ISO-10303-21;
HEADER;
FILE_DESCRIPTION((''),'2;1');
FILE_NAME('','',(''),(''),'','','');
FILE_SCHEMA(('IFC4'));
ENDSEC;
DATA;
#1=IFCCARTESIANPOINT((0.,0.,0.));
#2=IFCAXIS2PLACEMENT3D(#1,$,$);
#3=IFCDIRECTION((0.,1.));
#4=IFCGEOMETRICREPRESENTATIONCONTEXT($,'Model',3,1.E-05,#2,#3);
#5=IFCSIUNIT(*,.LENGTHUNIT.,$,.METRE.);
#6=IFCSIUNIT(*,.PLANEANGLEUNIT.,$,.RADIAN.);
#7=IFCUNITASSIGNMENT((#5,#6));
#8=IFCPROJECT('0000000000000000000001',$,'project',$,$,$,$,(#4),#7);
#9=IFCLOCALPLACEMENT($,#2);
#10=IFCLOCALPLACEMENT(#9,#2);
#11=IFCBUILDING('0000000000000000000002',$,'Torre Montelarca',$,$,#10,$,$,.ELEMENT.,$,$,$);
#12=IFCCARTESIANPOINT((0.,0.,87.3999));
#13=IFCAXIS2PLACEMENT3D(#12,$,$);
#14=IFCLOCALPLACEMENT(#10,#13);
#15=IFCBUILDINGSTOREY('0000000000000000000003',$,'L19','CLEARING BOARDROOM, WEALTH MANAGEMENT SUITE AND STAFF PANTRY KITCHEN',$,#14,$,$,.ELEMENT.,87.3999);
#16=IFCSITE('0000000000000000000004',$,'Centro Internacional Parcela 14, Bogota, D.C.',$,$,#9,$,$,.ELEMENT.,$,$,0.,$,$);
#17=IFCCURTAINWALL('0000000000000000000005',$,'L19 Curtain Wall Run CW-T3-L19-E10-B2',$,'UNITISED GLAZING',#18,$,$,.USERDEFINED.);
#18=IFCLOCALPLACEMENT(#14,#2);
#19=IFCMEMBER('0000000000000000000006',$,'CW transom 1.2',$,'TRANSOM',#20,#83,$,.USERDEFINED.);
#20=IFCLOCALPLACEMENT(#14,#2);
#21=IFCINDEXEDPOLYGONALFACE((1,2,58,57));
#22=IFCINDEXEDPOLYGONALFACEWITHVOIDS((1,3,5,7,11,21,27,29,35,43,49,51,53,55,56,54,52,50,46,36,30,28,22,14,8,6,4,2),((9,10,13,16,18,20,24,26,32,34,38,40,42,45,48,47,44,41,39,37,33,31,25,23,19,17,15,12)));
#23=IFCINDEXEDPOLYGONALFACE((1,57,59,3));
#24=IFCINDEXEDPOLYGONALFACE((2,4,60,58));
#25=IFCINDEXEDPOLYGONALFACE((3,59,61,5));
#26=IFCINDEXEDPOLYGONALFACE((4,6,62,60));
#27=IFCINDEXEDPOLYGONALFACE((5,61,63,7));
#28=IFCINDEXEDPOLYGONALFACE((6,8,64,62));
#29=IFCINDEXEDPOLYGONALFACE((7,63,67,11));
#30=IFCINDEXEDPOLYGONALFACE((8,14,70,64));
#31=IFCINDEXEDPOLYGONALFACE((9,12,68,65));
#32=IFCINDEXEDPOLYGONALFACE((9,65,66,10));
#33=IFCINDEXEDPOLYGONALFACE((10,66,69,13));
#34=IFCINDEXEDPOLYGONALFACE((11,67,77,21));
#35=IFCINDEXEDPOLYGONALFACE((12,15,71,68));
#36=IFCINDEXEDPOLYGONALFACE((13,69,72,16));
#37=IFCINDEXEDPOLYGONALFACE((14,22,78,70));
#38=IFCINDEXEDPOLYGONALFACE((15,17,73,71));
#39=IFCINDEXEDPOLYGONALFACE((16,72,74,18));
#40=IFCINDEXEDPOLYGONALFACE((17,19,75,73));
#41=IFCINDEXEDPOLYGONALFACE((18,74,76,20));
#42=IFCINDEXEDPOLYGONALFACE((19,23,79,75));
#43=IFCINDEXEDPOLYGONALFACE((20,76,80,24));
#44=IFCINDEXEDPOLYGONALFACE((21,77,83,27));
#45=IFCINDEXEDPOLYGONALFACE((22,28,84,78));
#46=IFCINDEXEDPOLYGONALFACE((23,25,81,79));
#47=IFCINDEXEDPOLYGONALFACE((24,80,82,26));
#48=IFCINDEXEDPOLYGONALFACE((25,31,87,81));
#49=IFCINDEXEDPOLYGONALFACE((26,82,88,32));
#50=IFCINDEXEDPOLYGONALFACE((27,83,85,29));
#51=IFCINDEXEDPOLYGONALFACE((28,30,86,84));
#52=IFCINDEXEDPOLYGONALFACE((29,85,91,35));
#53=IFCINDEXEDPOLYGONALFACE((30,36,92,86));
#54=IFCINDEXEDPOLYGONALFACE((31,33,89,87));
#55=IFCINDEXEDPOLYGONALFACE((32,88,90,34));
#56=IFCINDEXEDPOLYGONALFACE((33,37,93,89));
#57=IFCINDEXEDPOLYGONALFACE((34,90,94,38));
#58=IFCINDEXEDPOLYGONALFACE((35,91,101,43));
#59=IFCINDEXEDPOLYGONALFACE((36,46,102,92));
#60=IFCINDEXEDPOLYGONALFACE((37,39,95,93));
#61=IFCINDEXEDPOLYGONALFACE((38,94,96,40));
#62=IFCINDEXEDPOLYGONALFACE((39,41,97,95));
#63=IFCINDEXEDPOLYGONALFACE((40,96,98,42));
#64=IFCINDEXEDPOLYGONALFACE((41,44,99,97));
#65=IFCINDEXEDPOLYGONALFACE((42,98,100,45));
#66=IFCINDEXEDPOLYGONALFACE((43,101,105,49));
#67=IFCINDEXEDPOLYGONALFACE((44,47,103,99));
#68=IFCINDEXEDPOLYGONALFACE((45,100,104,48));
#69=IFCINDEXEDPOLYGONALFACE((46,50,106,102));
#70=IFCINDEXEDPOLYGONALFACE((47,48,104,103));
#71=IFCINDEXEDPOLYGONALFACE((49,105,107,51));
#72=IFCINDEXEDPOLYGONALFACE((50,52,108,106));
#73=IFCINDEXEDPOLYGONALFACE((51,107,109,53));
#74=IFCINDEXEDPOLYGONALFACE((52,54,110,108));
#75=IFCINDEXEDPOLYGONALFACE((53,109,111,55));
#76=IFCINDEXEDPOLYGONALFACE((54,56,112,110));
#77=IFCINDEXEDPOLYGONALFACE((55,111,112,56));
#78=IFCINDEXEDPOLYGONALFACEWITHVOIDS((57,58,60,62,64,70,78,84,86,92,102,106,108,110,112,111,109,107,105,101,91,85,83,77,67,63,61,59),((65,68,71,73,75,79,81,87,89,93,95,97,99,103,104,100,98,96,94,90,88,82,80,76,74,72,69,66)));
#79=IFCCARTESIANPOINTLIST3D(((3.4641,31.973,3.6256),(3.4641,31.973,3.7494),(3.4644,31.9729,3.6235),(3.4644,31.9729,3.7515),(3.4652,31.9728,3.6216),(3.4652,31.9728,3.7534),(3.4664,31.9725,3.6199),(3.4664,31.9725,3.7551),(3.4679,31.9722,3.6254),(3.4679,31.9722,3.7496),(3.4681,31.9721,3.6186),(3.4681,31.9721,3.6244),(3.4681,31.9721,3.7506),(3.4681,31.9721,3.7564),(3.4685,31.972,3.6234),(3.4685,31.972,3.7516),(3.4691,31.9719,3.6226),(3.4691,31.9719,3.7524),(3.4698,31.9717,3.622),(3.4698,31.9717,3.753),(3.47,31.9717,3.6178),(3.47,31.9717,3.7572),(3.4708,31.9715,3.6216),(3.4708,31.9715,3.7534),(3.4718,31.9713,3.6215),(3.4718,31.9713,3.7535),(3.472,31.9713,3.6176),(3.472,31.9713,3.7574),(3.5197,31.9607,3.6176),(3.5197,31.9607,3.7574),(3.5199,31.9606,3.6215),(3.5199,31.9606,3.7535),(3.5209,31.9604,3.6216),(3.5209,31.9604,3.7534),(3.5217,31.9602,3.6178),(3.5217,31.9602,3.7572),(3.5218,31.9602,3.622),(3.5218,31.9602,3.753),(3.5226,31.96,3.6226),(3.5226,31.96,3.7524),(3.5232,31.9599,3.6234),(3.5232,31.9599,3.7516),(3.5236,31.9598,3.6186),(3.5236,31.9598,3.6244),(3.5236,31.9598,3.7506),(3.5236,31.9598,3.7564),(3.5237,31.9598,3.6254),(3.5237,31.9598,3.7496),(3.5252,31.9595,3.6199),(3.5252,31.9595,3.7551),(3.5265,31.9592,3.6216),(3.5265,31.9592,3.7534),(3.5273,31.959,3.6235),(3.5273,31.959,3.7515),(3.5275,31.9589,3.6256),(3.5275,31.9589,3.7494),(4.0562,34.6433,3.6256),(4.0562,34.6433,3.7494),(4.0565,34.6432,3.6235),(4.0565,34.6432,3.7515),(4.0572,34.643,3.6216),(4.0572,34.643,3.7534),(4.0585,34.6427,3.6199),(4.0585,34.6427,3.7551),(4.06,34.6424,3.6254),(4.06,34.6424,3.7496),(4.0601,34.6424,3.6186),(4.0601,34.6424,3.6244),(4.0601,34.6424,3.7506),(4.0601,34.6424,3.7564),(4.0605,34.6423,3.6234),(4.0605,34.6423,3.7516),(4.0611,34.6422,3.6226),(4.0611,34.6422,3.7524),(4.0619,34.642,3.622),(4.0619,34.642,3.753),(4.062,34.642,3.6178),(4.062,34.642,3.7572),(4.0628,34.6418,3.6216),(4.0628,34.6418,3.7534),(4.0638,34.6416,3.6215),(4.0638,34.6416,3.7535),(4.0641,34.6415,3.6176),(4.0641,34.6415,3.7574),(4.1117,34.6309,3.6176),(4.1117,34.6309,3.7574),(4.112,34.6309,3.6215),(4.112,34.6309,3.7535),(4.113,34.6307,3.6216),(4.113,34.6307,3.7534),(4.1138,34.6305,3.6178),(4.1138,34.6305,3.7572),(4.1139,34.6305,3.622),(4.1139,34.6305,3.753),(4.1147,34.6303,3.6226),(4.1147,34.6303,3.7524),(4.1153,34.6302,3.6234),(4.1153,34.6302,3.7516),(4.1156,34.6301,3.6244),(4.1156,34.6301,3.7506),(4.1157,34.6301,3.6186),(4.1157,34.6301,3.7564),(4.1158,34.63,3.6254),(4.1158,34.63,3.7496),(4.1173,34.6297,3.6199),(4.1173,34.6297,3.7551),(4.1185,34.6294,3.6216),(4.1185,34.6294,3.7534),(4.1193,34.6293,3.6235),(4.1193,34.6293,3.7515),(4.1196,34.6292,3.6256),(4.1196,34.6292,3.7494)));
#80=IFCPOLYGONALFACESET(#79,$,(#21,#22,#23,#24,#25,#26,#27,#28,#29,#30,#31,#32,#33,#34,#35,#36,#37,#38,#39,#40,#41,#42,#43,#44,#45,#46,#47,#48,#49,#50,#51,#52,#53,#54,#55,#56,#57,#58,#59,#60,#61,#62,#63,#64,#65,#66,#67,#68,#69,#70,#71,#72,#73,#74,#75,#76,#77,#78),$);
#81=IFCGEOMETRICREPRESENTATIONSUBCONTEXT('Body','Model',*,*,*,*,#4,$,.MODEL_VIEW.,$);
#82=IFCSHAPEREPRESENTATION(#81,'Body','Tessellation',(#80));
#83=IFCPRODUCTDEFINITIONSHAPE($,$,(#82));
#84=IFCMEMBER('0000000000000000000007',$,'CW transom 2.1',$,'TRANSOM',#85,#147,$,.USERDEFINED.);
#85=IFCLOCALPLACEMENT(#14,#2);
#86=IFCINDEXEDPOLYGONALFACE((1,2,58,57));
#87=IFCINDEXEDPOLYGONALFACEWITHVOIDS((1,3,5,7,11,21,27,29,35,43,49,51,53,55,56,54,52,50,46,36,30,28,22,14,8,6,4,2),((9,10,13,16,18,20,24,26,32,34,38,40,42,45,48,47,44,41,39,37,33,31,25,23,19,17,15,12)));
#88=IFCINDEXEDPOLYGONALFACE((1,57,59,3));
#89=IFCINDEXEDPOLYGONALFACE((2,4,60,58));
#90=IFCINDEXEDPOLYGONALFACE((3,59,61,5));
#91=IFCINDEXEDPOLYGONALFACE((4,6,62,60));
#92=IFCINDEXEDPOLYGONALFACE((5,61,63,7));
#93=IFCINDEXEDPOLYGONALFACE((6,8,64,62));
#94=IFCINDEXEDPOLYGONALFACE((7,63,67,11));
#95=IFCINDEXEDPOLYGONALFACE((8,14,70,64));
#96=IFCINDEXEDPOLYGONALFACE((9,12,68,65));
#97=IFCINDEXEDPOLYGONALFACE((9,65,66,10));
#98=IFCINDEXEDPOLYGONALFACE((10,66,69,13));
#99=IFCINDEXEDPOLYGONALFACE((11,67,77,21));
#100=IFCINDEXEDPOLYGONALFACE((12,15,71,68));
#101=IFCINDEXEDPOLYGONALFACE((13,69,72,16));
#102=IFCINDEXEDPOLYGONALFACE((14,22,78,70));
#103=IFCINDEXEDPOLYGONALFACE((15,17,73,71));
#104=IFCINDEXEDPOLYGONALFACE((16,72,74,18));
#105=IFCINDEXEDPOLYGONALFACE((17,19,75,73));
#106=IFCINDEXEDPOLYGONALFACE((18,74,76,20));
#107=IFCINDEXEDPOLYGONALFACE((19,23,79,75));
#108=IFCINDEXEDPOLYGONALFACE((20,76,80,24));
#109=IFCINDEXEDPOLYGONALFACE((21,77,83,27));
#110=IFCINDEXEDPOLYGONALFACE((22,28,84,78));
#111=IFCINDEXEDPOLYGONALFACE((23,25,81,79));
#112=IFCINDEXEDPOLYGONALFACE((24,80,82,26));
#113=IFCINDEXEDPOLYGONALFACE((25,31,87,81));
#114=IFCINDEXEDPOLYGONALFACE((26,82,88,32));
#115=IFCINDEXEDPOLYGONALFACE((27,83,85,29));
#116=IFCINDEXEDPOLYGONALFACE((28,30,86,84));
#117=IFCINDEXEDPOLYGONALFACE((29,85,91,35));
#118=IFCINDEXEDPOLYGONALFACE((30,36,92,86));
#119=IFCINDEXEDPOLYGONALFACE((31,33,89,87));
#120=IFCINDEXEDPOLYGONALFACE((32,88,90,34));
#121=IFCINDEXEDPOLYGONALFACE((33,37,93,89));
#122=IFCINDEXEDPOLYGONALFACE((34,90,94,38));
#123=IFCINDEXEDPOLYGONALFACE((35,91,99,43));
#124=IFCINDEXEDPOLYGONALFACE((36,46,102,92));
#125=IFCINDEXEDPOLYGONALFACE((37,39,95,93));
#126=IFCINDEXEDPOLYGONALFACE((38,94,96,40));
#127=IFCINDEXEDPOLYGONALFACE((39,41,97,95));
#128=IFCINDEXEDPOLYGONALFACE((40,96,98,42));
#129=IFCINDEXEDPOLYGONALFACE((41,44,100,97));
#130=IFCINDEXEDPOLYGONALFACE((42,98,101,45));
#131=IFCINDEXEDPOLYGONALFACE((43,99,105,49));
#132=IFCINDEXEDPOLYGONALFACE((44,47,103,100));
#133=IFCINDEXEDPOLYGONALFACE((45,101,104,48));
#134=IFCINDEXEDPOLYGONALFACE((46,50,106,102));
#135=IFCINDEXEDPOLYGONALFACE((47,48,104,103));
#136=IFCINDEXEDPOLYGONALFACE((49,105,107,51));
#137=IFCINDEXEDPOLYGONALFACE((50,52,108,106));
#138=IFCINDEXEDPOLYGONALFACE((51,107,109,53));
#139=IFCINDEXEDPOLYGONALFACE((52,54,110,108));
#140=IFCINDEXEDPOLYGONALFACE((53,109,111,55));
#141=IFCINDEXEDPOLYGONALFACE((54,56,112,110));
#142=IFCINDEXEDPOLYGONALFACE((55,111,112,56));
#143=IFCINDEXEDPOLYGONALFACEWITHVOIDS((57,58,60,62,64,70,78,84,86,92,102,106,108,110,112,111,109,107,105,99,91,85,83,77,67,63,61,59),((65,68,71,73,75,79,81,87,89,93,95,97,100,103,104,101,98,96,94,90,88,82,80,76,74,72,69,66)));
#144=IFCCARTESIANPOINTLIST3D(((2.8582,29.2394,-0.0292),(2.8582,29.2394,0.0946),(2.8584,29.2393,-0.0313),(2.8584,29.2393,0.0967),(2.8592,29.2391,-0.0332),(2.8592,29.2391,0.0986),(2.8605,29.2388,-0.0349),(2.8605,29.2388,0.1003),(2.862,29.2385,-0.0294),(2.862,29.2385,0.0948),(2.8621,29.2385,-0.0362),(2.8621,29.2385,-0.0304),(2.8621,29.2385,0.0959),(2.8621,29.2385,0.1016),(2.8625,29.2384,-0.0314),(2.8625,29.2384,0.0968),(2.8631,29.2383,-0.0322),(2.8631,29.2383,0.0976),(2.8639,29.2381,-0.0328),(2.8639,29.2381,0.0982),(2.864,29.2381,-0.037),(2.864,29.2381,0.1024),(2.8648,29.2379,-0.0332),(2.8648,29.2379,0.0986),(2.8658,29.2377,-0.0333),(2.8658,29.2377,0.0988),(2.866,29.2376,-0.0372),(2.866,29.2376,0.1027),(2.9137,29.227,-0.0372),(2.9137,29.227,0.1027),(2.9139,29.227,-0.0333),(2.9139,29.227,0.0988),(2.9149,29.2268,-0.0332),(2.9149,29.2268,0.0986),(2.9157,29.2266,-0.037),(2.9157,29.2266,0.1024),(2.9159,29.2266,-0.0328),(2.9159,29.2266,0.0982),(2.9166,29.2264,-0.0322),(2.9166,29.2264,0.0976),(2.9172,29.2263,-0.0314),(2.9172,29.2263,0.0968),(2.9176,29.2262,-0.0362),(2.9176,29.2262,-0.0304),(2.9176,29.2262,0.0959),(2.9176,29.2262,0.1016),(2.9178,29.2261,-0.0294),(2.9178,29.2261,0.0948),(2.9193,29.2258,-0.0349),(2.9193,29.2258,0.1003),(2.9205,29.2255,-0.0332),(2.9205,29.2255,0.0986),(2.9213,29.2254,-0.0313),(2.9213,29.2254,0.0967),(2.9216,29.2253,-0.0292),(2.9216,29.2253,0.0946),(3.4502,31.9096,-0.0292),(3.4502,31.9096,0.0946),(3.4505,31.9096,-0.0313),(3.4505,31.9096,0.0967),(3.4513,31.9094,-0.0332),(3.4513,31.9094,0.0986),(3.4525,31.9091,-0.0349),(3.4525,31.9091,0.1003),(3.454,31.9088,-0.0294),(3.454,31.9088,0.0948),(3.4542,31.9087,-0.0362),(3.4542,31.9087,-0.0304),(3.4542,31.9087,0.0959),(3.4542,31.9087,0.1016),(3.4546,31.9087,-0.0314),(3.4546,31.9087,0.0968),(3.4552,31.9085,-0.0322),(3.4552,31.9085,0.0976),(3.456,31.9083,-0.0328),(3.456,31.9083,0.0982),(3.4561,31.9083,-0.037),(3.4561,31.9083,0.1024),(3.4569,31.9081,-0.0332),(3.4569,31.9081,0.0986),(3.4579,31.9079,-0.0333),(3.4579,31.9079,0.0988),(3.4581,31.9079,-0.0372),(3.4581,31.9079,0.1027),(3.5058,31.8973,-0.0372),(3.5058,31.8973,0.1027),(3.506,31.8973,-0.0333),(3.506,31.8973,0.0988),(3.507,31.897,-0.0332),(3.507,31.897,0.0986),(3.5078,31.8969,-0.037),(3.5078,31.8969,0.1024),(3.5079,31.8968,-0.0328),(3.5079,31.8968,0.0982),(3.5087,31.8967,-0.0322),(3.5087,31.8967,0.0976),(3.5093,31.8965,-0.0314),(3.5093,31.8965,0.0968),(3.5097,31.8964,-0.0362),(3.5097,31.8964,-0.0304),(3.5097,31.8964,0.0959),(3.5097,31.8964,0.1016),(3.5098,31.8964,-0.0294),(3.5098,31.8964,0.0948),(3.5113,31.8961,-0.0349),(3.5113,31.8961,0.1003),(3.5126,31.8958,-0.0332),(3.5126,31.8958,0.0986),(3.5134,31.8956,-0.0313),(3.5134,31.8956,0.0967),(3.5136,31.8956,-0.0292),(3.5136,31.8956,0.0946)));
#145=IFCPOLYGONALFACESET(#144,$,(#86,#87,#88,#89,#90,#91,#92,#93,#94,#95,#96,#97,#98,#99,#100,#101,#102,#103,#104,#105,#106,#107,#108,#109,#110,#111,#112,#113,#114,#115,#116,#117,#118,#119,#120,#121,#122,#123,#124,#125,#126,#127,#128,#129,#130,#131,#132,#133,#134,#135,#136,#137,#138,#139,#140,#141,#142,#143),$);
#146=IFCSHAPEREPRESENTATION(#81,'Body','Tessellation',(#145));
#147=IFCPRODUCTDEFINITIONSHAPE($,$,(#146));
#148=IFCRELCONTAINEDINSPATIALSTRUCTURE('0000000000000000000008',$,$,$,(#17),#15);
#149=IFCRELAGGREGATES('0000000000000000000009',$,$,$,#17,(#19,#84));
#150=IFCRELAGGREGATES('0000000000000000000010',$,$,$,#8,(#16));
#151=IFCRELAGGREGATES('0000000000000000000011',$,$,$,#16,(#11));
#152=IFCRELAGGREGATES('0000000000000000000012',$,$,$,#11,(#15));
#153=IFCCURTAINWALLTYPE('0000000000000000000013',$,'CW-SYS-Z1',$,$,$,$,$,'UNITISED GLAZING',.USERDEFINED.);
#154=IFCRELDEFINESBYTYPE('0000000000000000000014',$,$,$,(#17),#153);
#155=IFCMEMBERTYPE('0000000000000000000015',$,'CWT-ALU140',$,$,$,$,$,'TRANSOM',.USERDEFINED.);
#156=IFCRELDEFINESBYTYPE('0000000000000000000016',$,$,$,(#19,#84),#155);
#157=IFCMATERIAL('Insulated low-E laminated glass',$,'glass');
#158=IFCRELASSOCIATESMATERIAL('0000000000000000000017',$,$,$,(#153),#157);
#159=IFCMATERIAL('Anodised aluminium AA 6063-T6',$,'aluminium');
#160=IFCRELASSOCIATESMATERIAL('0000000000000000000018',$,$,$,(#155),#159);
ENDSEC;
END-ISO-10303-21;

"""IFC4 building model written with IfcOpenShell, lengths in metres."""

from ifc_helpers import new_model, si_unit, direction, frame, origin, origin_2d, place, context, subcontext, project, spatial, hollow_rectangle, extrude, source, transform, mapped, material, material_profile, profile_set, type_object, element, aggregate, save


model = new_model("IFC4")

# Units and contexts
model_context = context("Model", 3, precision=1e-05, world=origin(), true_north=direction((0.0, 1.0)))
body_context = subcontext(model_context, "Body", "Model", "MODEL_VIEW")
ifc_project = project(units=[si_unit("LENGTHUNIT", "METRE"), si_unit("PLANEANGLEUNIT", "RADIAN")], contexts=[model_context])

# Site, building, storey
site_placement = place(None, origin())
site = spatial("IfcSite", under=ifc_project, at=site_placement, Name="Centro Internacional Parcela 14, Bogota, D.C.", CompositionType="ELEMENT", RefElevation=0.0)
building_placement = place(site_placement, origin())
building = spatial("IfcBuilding", under=site, at=building_placement, Name="Torre Montelarca", CompositionType="ELEMENT")
storey_placement = place(building_placement, frame((0.0, 0.0, 87.3999)))
storey = spatial("IfcBuildingStorey", under=building, at=storey_placement, Name="L19", Description="CLEARING BOARDROOM, WEALTH MANAGEMENT SUITE AND STAFF PANTRY KITCHEN", CompositionType="ELEMENT", Elevation=87.3999)

# Curtain wall, members
ifc_material_1 = material(Name="Insulated low-E laminated glass", Category="glass")
curtain_wall_type = type_object("IfcCurtainWallType", Name="CW-SYS-Z1", ElementType="UNITISED GLAZING", PredefinedType="USERDEFINED", material=ifc_material_1)
curtain_wall_placement = place(storey_placement, origin())
curtain_wall = element("IfcCurtainWall", 1, at=curtain_wall_placement, inside=storey, type_object=curtain_wall_type, Name="L19 Curtain Wall Run CW-T3-L19-E10-B2", ObjectType="UNITISED GLAZING", PredefinedType="USERDEFINED")
ifc_material_2 = material(Name="Anodised aluminium AA 6063-T6", Category="aluminium")
ifc_material_profile_1 = material_profile(ifc_material_2, hollow_rectangle(XDim=0.0649, YDim=0.1399, WallThickness=0.0039, InnerFilletRadius=0.0039, OuterFilletRadius=0.0081, at=origin_2d()), Name="ALU65X140X4", Category="aluminium")
ifc_profile_set_1 = profile_set([ifc_material_profile_1], Name="Anodised aluminium AA 6063-T6")
member_type_1 = type_object("IfcMemberType", Name="CWT-ALU140", ElementType="TRANSOM", PredefinedType="USERDEFINED", material=ifc_profile_set_1)
shared_shape_1 = source(origin(), body_context, "Body", "SweptSolid", [
    extrude(hollow_rectangle(XDim=0.0649, YDim=0.1399, WallThickness=0.0039, InnerFilletRadius=0.0039, OuterFilletRadius=0.0081, at=origin_2d()), origin(), (0.0, 0.0, 1.0), 2.7351),
])
member_1_placement = place(storey_placement, frame((4.0879, 34.6362, 3.6875), z_axis=(-0.216467, -0.97629, 0.0), x_axis=(0.97629, -0.216467, 0.0)))
member_1 = element("IfcMember", 2, at=member_1_placement, type_object=member_type_1, Name="CW transom 1.2", ObjectType="TRANSOM", PredefinedType="USERDEFINED", context=body_context, shape_type="MappedRepresentation", body=[
    mapped(shared_shape_1, transform((0.0, 0.0, 0.0), scale=1.0)),
])
member_2_placement = place(storey_placement, frame((3.4819, 31.9026, 0.0327), z_axis=(-0.216467, -0.97629, 0.0), x_axis=(0.97629, -0.216467, 0.0)))
member_2 = element("IfcMember", 3, at=member_2_placement, type_object=member_type_1, Name="CW transom 2.1", ObjectType="TRANSOM", PredefinedType="USERDEFINED", context=body_context, shape_type="MappedRepresentation", body=[
    mapped(shared_shape_1, transform((0.0, 0.0, 0.0), scale=1.0)),
])
aggregate(curtain_wall, [member_1, member_2])

save(model, "model.ifc")
